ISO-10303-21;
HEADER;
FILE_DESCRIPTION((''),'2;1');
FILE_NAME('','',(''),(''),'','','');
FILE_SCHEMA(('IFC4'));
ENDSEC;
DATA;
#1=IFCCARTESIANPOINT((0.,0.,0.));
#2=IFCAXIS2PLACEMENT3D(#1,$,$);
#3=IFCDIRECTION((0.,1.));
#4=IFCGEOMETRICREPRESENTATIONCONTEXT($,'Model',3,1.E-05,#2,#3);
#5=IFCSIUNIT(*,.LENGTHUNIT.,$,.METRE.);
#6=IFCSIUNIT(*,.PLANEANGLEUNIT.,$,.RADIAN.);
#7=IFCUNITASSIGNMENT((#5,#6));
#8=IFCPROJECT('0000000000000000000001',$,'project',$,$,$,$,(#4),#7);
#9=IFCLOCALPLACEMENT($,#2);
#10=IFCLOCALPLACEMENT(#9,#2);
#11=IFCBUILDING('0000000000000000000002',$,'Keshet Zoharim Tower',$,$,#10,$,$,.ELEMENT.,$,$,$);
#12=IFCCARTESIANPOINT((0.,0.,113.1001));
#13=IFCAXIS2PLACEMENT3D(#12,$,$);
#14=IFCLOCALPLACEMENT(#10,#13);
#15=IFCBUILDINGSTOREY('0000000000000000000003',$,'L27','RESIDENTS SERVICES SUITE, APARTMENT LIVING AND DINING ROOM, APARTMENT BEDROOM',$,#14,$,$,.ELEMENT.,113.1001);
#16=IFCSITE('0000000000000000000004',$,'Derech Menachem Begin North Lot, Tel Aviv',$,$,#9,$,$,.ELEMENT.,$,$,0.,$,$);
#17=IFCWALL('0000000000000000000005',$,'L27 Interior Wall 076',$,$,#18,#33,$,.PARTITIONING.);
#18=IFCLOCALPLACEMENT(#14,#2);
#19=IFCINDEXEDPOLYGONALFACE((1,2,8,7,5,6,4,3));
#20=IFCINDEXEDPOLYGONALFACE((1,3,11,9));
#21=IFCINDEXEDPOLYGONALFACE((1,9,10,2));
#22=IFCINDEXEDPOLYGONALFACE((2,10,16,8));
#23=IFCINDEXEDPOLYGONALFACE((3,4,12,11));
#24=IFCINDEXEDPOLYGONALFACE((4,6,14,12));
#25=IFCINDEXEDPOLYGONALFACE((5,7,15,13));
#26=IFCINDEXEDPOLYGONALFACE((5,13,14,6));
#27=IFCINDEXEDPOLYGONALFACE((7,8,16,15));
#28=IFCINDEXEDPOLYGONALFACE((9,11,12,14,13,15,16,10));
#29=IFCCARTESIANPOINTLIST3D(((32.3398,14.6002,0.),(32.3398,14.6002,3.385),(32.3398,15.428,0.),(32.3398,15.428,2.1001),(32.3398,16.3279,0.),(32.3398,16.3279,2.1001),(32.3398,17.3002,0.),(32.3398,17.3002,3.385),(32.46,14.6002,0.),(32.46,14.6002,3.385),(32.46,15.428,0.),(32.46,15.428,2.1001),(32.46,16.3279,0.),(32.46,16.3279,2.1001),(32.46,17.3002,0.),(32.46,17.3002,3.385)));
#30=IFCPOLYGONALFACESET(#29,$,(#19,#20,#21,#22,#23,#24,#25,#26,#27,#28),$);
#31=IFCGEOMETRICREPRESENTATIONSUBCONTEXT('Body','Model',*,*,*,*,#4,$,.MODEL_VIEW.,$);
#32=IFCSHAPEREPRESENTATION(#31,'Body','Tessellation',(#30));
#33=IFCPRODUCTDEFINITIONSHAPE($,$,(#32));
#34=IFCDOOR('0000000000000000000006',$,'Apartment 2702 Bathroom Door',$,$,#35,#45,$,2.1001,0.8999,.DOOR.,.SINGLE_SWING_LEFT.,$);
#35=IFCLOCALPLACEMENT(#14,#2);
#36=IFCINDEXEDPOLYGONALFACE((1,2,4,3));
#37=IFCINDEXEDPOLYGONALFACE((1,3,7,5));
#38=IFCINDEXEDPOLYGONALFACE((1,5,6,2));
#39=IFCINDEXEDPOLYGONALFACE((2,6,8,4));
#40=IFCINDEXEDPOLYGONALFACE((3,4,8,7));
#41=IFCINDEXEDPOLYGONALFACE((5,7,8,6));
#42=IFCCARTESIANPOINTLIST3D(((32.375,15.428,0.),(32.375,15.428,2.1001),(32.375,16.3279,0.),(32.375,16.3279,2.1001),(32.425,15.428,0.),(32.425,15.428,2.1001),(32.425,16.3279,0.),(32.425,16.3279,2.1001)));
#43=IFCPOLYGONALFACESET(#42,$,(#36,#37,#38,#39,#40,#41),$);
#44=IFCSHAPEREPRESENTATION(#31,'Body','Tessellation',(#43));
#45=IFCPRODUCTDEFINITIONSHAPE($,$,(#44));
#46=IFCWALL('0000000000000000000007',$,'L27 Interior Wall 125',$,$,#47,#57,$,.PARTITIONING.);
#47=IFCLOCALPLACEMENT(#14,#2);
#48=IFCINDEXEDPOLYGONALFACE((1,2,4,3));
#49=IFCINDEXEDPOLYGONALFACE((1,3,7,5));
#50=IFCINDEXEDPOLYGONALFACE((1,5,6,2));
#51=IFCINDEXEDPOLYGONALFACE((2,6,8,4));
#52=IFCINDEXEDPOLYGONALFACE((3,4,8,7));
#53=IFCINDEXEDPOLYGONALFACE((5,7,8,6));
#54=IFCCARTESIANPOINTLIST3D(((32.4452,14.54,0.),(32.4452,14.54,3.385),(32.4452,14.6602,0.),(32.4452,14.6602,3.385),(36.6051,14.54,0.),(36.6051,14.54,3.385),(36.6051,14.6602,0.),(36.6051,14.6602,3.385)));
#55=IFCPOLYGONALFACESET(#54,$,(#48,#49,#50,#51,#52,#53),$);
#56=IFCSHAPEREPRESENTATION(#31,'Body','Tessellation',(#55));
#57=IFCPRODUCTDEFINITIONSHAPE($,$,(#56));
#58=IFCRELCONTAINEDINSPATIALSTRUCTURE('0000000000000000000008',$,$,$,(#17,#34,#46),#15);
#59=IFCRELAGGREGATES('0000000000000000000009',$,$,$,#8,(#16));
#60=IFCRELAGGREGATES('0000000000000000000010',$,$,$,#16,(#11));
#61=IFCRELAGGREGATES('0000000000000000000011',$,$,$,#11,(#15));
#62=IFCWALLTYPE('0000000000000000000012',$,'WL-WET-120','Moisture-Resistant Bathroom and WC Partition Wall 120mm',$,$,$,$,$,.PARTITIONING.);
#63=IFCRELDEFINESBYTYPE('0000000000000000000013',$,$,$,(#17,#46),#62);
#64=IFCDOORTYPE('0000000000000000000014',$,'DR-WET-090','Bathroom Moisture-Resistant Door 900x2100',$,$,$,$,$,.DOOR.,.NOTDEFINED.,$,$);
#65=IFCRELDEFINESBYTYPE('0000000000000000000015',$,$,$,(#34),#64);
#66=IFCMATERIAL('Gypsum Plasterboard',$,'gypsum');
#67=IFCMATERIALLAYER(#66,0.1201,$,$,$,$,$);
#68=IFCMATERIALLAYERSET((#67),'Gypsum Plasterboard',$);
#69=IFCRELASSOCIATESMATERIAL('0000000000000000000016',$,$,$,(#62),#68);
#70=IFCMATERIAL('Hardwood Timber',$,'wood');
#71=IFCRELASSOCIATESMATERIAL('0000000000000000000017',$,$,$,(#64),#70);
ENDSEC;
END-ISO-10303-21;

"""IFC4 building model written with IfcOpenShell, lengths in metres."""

from ifc_helpers import new_model, si_unit, direction, frame, frame_2d, origin, place, context, subcontext, project, spatial, rectangle, extrude, material, layer, layer_set, type_object, element, fill, save


model = new_model("IFC4")

# Units and contexts
model_context = context("Model", 3, precision=1e-05, world=origin(), true_north=direction((0.0, 1.0)))
body_context = subcontext(model_context, "Body", "Model", "MODEL_VIEW")
ifc_project = project(units=[si_unit("LENGTHUNIT", "METRE"), si_unit("PLANEANGLEUNIT", "RADIAN")], contexts=[model_context])

# Site, building, storey
site_placement = place(None, origin())
site = spatial("IfcSite", under=ifc_project, at=site_placement, Name="Derech Menachem Begin North Lot, Tel Aviv", CompositionType="ELEMENT", RefElevation=0.0)
building_placement = place(site_placement, origin())
building = spatial("IfcBuilding", under=site, at=building_placement, Name="Keshet Zoharim Tower", CompositionType="ELEMENT")
storey_placement = place(building_placement, frame((0.0, 0.0, 113.1001)))
storey = spatial("IfcBuildingStorey", under=building, at=storey_placement, Name="L27", Description="RESIDENTS SERVICES SUITE, APARTMENT LIVING AND DINING ROOM, APARTMENT BEDROOM", CompositionType="ELEMENT", Elevation=113.1001)

# Shared definitions
ifc_material_1 = material(Name="Hardwood Timber", Category="wood")

# Shared definitions
ifc_material_2 = material(Name="Gypsum Plasterboard", Category="gypsum")

# Wall, opening, door
ifc_layer_1 = layer(ifc_material_2, 0.1201)
ifc_layer_set_1 = layer_set([ifc_layer_1], Name="Gypsum Plasterboard")
wall_type_1 = type_object("IfcWallType", Name="WL-WET-120", Description="Moisture-Resistant Bathroom and WC Partition Wall 120mm", PredefinedType="PARTITIONING", material=ifc_layer_set_1)
wall_1_placement = place(storey_placement, frame((32.3999, 14.6001, 0.0), z_axis=(0.0, 0.0, 1.0), x_axis=(0.0, 1.0, 0.0)))
wall_1 = element("IfcWall", 1, at=wall_1_placement, inside=storey, type_object=wall_type_1, Name="L27 Interior Wall 076", PredefinedType="PARTITIONING", context=body_context, shape_type="SweptSolid", body=[
    extrude(rectangle(XDim=2.7, YDim=0.1201, at=frame_2d((1.3501, 0.0))), origin(), (0.0, 0.0, 1.0), 3.385),
])
opening_1_placement = place(wall_1_placement, frame((0.8279, 0.0, 0.0)))
opening_1 = element("IfcOpeningElement", 2, at=opening_1_placement, cuts=wall_1, PredefinedType="OPENING", context=body_context, shape_type="SweptSolid", body=[
    extrude(rectangle(XDim=0.8999, YDim=2.1001, at=frame_2d((0.45, 1.05))), frame((0.0, 0.0701, 0.0), z_axis=(0.0, -1.0, 0.0), x_axis=(1.0, 0.0, 0.0)), (0.0, 0.0, 1.0), 0.1401),
])
door_type_1 = type_object("IfcDoorType", Name="DR-WET-090", Description="Bathroom Moisture-Resistant Door 900x2100", OperationType="NOTDEFINED", PredefinedType="DOOR", material=ifc_material_1)
door_1_placement = place(opening_1_placement, origin())
door_1 = element("IfcDoor", 3, at=door_1_placement, inside=storey, type_object=door_type_1, Name="Apartment 2702 Bathroom Door", OperationType="SINGLE_SWING_LEFT", OverallHeight=2.1001, OverallWidth=0.8999, PredefinedType="DOOR", context=body_context, shape_type="SweptSolid", body=[
    extrude(rectangle(XDim=0.8999, YDim=2.1001, at=frame_2d((0.45, 1.05))), frame((0.0, 0.0249, 0.0), z_axis=(0.0, -1.0, 0.0), x_axis=(1.0, 0.0, 0.0)), (0.0, 0.0, 1.0), 0.05),
])
fill(opening_1, door_1)

# Wall
wall_2_placement = place(storey_placement, frame((32.4451, 14.6001, 0.0), z_axis=(0.0, 0.0, 1.0), x_axis=(1.0, 0.0, 0.0)))
element("IfcWall", 4, at=wall_2_placement, inside=storey, type_object=wall_type_1, Name="L27 Interior Wall 125", PredefinedType="PARTITIONING", context=body_context, shape_type="SweptSolid", body=[
    extrude(rectangle(XDim=4.1599, YDim=0.1201, at=frame_2d((2.0801, 0.0))), origin(), (0.0, 0.0, 1.0), 3.385),
])

save(model, "model.ifc")
